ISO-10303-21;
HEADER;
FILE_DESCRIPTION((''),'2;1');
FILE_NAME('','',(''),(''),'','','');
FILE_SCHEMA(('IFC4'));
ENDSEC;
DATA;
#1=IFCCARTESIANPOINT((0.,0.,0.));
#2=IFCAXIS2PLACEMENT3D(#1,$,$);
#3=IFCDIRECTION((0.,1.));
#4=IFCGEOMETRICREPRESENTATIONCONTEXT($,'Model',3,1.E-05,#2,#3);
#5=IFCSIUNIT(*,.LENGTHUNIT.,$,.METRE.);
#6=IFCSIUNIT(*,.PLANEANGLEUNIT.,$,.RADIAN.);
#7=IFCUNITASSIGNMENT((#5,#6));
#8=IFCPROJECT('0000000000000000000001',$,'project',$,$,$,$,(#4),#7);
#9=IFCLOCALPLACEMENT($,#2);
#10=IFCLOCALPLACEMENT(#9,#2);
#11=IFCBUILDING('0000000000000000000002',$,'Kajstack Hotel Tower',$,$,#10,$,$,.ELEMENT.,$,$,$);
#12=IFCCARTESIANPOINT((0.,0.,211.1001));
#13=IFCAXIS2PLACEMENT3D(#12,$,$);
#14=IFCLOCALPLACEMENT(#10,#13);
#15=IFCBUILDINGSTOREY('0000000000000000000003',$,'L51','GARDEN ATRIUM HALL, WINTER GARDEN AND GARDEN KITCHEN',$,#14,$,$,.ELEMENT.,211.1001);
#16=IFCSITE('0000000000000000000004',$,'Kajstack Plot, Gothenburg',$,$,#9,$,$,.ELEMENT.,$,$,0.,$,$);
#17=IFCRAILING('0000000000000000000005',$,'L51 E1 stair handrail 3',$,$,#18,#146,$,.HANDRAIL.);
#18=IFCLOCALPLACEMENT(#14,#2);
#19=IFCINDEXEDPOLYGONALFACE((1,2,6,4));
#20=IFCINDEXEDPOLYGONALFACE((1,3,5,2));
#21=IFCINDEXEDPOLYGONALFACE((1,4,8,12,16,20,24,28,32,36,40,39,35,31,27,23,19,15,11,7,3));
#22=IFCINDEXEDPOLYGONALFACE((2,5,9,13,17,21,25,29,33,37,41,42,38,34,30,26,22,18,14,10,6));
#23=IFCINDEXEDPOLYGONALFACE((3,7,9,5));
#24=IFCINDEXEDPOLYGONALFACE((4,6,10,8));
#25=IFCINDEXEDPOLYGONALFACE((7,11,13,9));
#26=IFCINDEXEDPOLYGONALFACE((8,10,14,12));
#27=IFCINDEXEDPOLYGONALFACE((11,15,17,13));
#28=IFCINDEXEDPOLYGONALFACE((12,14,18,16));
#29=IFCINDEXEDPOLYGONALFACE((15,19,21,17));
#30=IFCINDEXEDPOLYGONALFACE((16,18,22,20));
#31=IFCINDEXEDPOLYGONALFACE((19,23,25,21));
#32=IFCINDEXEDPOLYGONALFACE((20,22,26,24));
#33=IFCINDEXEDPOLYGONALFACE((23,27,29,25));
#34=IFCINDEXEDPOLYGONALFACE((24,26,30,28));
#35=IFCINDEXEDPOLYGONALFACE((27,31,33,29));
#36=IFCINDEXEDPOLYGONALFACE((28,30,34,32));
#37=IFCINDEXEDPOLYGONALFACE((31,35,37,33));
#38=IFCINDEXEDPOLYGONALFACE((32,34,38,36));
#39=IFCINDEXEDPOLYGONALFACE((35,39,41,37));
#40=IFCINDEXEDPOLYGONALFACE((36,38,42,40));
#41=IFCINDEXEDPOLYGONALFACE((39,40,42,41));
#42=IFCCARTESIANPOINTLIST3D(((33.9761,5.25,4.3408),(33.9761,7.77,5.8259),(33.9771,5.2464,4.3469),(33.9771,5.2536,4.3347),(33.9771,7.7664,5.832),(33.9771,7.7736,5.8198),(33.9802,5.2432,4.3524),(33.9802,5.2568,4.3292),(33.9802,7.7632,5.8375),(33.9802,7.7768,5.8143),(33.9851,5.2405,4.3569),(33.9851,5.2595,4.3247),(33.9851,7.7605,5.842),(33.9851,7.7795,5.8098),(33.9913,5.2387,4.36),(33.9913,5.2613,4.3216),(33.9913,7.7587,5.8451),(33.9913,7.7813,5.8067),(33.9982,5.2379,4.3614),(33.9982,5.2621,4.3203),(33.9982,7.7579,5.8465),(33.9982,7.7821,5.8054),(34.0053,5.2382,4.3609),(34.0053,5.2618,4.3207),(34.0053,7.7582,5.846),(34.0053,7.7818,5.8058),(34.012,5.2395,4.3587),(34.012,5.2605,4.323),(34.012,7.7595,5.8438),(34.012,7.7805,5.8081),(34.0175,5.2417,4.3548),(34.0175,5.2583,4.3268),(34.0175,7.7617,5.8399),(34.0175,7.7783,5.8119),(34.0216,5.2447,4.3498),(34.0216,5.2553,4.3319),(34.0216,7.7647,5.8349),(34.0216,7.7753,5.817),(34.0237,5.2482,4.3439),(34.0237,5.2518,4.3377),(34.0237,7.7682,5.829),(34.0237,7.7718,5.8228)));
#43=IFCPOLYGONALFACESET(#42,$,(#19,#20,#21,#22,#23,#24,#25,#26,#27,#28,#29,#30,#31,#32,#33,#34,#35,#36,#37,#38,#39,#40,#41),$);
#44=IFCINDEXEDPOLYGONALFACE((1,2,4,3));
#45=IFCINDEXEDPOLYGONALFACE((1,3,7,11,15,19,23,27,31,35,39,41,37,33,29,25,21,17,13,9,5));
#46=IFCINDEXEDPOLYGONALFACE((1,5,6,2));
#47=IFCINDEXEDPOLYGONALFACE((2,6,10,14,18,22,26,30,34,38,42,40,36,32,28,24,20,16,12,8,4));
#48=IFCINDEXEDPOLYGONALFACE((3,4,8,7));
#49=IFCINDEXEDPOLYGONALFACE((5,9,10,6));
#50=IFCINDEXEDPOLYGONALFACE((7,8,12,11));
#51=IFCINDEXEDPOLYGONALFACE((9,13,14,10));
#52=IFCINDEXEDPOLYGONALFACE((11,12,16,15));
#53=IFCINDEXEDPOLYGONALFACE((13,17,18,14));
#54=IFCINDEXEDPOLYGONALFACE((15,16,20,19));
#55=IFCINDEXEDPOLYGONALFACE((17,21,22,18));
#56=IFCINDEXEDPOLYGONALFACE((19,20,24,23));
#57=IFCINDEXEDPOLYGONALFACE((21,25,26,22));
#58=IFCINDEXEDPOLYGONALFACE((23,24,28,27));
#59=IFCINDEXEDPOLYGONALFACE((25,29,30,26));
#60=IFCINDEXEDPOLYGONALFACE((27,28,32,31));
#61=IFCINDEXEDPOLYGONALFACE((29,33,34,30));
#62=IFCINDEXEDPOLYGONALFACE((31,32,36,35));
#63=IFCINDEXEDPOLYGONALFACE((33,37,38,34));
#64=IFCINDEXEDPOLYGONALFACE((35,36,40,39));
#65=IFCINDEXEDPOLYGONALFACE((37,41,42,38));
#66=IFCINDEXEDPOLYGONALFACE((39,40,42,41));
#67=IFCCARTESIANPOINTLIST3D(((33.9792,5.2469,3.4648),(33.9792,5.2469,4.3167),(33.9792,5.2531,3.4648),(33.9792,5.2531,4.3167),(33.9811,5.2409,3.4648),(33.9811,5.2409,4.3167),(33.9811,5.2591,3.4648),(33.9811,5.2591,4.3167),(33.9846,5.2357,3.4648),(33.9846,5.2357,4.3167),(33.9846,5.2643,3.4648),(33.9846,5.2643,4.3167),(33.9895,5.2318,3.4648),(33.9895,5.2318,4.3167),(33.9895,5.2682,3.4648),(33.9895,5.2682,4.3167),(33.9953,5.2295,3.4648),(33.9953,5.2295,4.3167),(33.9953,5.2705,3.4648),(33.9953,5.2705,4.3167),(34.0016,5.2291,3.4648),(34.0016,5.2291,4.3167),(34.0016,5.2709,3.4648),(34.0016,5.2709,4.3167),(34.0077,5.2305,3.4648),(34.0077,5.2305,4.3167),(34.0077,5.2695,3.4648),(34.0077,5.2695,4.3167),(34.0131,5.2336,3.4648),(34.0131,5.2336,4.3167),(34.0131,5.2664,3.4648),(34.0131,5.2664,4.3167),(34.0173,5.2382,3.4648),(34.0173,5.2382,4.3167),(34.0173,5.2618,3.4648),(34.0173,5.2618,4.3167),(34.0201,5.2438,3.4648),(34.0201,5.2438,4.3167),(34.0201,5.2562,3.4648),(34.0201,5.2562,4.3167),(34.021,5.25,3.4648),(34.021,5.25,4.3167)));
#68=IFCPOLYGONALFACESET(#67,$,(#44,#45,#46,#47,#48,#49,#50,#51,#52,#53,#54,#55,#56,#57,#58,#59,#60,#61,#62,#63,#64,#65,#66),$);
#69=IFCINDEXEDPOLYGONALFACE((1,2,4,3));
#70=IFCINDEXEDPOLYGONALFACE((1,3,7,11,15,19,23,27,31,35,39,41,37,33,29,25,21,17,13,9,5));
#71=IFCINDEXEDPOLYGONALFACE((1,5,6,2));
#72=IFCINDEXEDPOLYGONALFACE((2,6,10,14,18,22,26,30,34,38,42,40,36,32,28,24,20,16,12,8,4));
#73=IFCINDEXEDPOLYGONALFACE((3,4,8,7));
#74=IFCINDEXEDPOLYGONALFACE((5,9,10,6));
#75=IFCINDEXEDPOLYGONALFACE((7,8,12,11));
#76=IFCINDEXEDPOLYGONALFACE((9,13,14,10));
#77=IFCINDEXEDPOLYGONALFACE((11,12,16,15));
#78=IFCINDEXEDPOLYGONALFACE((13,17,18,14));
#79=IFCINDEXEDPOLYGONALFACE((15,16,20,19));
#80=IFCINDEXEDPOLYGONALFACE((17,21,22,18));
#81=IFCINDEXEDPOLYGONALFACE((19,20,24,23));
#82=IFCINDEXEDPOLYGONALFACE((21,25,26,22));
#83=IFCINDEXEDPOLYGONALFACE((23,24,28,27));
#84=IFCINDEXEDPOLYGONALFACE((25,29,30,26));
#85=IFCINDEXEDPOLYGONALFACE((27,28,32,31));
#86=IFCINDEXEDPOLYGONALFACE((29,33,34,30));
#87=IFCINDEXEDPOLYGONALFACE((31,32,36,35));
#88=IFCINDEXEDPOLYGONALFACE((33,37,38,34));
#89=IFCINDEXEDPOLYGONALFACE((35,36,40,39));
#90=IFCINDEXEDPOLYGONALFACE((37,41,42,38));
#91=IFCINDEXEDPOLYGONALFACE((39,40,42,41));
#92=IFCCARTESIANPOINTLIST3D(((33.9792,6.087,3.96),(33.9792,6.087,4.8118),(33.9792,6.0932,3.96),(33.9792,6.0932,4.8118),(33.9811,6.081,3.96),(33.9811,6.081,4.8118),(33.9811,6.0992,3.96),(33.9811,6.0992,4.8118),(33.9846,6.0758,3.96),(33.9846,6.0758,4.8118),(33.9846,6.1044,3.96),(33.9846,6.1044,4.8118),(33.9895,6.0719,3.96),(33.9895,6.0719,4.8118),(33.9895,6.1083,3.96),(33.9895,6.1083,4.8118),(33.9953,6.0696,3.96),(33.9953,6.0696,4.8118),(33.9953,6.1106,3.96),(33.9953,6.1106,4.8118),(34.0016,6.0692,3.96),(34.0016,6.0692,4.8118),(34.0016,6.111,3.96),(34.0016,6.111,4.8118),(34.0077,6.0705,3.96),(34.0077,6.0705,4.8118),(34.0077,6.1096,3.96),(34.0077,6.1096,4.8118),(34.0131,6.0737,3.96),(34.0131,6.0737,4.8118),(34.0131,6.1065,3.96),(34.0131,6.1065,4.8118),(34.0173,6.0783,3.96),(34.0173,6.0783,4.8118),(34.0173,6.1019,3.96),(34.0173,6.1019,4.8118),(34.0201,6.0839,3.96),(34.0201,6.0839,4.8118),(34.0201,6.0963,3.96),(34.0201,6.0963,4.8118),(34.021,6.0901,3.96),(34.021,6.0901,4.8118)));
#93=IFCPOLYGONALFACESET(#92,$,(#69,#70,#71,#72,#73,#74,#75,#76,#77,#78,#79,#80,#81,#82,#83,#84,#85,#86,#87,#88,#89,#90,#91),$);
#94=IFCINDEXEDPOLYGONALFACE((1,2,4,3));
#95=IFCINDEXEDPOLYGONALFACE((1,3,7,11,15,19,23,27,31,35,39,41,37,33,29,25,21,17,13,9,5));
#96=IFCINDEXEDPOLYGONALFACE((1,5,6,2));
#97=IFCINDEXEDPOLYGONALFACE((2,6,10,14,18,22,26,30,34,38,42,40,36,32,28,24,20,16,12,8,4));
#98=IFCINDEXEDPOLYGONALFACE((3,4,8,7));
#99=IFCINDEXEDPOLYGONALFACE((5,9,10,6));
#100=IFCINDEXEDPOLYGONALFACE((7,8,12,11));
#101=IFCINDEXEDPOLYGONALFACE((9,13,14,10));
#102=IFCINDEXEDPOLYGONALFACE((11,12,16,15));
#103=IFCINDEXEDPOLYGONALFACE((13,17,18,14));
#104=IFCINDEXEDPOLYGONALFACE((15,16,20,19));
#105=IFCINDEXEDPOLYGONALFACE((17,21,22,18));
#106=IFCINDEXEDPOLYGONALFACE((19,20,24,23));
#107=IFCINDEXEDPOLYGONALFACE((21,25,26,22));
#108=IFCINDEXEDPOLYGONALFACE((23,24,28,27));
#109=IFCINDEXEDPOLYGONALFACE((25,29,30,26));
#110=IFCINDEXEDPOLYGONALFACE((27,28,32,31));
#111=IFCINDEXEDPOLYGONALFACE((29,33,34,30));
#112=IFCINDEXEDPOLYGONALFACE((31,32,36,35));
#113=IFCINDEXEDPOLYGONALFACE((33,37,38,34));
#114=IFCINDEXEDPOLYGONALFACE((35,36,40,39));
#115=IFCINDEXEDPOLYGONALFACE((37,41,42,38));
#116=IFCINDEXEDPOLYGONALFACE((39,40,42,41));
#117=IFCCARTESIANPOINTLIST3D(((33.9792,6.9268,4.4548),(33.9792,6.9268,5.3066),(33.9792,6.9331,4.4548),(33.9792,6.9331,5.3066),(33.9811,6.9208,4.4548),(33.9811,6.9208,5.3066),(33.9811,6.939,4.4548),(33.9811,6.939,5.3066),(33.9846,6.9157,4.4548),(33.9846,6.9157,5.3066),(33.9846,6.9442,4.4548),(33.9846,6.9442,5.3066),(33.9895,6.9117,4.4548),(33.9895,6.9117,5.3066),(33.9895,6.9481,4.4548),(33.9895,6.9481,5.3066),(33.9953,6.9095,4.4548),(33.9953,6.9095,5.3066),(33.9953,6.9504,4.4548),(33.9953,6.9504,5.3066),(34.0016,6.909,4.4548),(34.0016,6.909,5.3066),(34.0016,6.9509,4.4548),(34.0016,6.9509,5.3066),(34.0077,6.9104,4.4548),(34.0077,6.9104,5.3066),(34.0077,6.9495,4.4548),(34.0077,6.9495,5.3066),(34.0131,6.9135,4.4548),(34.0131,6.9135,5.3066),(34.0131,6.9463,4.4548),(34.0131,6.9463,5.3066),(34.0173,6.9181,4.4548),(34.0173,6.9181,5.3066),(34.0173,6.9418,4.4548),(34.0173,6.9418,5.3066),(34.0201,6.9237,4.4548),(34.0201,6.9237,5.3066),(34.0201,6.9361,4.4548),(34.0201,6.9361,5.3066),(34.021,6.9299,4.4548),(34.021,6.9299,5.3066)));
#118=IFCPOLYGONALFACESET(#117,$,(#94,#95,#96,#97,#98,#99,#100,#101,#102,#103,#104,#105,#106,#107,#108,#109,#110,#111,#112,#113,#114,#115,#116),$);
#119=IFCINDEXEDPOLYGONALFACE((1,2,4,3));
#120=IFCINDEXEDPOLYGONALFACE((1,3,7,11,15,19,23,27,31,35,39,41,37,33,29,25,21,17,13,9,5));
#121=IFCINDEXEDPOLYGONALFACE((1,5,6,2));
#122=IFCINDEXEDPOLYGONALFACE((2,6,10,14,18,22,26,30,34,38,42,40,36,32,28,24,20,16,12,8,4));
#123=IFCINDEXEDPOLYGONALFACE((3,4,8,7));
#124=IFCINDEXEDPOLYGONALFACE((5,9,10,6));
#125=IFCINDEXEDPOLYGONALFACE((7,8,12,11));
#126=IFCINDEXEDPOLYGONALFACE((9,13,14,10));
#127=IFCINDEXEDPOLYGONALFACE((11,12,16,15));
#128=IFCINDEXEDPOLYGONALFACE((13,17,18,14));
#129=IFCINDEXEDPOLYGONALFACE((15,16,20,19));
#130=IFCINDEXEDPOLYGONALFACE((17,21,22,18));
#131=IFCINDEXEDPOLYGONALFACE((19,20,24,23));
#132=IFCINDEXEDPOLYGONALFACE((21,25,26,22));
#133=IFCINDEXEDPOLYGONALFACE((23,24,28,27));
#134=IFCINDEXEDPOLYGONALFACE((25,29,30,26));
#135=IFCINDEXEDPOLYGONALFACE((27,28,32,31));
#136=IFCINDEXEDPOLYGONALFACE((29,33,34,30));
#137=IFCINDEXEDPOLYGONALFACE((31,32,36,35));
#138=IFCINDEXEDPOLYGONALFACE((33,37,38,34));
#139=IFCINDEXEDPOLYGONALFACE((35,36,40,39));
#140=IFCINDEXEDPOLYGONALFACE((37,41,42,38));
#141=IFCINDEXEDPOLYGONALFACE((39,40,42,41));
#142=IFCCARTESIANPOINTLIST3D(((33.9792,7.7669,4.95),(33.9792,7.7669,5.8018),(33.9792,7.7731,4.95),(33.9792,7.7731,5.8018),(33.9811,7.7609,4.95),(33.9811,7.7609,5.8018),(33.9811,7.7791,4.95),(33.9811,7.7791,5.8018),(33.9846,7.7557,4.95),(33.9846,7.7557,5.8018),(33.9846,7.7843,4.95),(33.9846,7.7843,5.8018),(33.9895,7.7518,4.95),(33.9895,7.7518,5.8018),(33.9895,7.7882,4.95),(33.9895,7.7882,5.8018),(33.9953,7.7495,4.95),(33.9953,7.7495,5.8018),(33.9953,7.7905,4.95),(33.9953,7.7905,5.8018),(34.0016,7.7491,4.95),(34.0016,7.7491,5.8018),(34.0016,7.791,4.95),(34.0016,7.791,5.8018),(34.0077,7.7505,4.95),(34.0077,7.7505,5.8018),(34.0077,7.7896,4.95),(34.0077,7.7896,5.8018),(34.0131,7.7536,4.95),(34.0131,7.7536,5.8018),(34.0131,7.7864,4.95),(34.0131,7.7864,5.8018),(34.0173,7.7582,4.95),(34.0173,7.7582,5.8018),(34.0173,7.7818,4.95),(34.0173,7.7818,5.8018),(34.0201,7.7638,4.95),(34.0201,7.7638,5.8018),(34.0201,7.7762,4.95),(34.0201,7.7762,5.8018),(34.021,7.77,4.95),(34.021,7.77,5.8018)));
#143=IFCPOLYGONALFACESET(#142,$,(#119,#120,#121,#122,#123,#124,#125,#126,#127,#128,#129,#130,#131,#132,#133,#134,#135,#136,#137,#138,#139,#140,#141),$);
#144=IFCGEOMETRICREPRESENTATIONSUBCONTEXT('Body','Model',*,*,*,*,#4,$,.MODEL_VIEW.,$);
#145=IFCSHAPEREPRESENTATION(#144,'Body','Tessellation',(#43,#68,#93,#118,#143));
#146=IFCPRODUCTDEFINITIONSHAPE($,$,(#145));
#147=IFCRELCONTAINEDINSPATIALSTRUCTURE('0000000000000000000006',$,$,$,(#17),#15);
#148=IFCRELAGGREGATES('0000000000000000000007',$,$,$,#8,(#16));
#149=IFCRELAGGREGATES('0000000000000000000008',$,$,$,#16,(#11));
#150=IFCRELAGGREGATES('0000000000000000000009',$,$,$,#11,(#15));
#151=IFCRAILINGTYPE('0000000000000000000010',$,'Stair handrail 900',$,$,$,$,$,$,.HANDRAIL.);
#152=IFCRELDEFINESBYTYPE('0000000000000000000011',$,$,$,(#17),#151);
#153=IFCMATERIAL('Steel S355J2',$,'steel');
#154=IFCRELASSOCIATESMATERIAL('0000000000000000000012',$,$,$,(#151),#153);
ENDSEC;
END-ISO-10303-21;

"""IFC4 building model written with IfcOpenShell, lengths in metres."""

from ifc_helpers import new_model, si_unit, direction, frame, origin, origin_2d, place, context, subcontext, project, spatial, circle, extrude, material, type_object, element, save


model = new_model("IFC4")

# Units and contexts
model_context = context("Model", 3, precision=1e-05, world=origin(), true_north=direction((0.0, 1.0)))
body_context = subcontext(model_context, "Body", "Model", "MODEL_VIEW")
ifc_project = project(units=[si_unit("LENGTHUNIT", "METRE"), si_unit("PLANEANGLEUNIT", "RADIAN")], contexts=[model_context])

# Site, building, storey
site_placement = place(None, origin())
site = spatial("IfcSite", under=ifc_project, at=site_placement, Name="Kajstack Plot, Gothenburg", CompositionType="ELEMENT", RefElevation=0.0)
building_placement = place(site_placement, origin())
building = spatial("IfcBuilding", under=site, at=building_placement, Name="Kajstack Hotel Tower", CompositionType="ELEMENT")
storey_placement = place(building_placement, frame((0.0, 0.0, 211.1001)))
storey = spatial("IfcBuildingStorey", under=building, at=storey_placement, Name="L51", Description="GARDEN ATRIUM HALL, WINTER GARDEN AND GARDEN KITCHEN", CompositionType="ELEMENT", Elevation=211.1001)

# Railing
ifc_material_1 = material(Name="Steel S355J2", Category="steel")
railing_type_1 = type_object("IfcRailingType", Name="Stair handrail 900", PredefinedType="HANDRAIL", material=ifc_material_1)
railing_1_placement = place(storey_placement, frame((34.0, 5.25, 3.4648)))
element("IfcRailing", 1, at=railing_1_placement, inside=storey, type_object=railing_type_1, Name="L51 E1 stair handrail 3", PredefinedType="HANDRAIL", context=body_context, shape_type="SweptSolid", body=[
    extrude(circle(Radius=0.0239, at=origin_2d()), frame((0.0, 0.0, 0.876), z_axis=(0.0, 0.861524, 0.507717), x_axis=(-1.0, 0.0, 0.0)), (0.0, 0.0, 1.0), 2.925),
    extrude(circle(Radius=0.021, at=origin_2d()), origin(), (0.0, 0.0, 1.0), 0.8518),
    extrude(circle(Radius=0.021, at=origin_2d()), frame((0.0, 0.8401, 0.4951)), (0.0, 0.0, 1.0), 0.8518),
    extrude(circle(Radius=0.021, at=origin_2d()), frame((0.0, 1.6799, 0.99)), (0.0, 0.0, 1.0), 0.8518),
    extrude(circle(Radius=0.021, at=origin_2d()), frame((0.0, 2.52, 1.4851)), (0.0, 0.0, 1.0), 0.8518),
])

save(model, "model.ifc")
